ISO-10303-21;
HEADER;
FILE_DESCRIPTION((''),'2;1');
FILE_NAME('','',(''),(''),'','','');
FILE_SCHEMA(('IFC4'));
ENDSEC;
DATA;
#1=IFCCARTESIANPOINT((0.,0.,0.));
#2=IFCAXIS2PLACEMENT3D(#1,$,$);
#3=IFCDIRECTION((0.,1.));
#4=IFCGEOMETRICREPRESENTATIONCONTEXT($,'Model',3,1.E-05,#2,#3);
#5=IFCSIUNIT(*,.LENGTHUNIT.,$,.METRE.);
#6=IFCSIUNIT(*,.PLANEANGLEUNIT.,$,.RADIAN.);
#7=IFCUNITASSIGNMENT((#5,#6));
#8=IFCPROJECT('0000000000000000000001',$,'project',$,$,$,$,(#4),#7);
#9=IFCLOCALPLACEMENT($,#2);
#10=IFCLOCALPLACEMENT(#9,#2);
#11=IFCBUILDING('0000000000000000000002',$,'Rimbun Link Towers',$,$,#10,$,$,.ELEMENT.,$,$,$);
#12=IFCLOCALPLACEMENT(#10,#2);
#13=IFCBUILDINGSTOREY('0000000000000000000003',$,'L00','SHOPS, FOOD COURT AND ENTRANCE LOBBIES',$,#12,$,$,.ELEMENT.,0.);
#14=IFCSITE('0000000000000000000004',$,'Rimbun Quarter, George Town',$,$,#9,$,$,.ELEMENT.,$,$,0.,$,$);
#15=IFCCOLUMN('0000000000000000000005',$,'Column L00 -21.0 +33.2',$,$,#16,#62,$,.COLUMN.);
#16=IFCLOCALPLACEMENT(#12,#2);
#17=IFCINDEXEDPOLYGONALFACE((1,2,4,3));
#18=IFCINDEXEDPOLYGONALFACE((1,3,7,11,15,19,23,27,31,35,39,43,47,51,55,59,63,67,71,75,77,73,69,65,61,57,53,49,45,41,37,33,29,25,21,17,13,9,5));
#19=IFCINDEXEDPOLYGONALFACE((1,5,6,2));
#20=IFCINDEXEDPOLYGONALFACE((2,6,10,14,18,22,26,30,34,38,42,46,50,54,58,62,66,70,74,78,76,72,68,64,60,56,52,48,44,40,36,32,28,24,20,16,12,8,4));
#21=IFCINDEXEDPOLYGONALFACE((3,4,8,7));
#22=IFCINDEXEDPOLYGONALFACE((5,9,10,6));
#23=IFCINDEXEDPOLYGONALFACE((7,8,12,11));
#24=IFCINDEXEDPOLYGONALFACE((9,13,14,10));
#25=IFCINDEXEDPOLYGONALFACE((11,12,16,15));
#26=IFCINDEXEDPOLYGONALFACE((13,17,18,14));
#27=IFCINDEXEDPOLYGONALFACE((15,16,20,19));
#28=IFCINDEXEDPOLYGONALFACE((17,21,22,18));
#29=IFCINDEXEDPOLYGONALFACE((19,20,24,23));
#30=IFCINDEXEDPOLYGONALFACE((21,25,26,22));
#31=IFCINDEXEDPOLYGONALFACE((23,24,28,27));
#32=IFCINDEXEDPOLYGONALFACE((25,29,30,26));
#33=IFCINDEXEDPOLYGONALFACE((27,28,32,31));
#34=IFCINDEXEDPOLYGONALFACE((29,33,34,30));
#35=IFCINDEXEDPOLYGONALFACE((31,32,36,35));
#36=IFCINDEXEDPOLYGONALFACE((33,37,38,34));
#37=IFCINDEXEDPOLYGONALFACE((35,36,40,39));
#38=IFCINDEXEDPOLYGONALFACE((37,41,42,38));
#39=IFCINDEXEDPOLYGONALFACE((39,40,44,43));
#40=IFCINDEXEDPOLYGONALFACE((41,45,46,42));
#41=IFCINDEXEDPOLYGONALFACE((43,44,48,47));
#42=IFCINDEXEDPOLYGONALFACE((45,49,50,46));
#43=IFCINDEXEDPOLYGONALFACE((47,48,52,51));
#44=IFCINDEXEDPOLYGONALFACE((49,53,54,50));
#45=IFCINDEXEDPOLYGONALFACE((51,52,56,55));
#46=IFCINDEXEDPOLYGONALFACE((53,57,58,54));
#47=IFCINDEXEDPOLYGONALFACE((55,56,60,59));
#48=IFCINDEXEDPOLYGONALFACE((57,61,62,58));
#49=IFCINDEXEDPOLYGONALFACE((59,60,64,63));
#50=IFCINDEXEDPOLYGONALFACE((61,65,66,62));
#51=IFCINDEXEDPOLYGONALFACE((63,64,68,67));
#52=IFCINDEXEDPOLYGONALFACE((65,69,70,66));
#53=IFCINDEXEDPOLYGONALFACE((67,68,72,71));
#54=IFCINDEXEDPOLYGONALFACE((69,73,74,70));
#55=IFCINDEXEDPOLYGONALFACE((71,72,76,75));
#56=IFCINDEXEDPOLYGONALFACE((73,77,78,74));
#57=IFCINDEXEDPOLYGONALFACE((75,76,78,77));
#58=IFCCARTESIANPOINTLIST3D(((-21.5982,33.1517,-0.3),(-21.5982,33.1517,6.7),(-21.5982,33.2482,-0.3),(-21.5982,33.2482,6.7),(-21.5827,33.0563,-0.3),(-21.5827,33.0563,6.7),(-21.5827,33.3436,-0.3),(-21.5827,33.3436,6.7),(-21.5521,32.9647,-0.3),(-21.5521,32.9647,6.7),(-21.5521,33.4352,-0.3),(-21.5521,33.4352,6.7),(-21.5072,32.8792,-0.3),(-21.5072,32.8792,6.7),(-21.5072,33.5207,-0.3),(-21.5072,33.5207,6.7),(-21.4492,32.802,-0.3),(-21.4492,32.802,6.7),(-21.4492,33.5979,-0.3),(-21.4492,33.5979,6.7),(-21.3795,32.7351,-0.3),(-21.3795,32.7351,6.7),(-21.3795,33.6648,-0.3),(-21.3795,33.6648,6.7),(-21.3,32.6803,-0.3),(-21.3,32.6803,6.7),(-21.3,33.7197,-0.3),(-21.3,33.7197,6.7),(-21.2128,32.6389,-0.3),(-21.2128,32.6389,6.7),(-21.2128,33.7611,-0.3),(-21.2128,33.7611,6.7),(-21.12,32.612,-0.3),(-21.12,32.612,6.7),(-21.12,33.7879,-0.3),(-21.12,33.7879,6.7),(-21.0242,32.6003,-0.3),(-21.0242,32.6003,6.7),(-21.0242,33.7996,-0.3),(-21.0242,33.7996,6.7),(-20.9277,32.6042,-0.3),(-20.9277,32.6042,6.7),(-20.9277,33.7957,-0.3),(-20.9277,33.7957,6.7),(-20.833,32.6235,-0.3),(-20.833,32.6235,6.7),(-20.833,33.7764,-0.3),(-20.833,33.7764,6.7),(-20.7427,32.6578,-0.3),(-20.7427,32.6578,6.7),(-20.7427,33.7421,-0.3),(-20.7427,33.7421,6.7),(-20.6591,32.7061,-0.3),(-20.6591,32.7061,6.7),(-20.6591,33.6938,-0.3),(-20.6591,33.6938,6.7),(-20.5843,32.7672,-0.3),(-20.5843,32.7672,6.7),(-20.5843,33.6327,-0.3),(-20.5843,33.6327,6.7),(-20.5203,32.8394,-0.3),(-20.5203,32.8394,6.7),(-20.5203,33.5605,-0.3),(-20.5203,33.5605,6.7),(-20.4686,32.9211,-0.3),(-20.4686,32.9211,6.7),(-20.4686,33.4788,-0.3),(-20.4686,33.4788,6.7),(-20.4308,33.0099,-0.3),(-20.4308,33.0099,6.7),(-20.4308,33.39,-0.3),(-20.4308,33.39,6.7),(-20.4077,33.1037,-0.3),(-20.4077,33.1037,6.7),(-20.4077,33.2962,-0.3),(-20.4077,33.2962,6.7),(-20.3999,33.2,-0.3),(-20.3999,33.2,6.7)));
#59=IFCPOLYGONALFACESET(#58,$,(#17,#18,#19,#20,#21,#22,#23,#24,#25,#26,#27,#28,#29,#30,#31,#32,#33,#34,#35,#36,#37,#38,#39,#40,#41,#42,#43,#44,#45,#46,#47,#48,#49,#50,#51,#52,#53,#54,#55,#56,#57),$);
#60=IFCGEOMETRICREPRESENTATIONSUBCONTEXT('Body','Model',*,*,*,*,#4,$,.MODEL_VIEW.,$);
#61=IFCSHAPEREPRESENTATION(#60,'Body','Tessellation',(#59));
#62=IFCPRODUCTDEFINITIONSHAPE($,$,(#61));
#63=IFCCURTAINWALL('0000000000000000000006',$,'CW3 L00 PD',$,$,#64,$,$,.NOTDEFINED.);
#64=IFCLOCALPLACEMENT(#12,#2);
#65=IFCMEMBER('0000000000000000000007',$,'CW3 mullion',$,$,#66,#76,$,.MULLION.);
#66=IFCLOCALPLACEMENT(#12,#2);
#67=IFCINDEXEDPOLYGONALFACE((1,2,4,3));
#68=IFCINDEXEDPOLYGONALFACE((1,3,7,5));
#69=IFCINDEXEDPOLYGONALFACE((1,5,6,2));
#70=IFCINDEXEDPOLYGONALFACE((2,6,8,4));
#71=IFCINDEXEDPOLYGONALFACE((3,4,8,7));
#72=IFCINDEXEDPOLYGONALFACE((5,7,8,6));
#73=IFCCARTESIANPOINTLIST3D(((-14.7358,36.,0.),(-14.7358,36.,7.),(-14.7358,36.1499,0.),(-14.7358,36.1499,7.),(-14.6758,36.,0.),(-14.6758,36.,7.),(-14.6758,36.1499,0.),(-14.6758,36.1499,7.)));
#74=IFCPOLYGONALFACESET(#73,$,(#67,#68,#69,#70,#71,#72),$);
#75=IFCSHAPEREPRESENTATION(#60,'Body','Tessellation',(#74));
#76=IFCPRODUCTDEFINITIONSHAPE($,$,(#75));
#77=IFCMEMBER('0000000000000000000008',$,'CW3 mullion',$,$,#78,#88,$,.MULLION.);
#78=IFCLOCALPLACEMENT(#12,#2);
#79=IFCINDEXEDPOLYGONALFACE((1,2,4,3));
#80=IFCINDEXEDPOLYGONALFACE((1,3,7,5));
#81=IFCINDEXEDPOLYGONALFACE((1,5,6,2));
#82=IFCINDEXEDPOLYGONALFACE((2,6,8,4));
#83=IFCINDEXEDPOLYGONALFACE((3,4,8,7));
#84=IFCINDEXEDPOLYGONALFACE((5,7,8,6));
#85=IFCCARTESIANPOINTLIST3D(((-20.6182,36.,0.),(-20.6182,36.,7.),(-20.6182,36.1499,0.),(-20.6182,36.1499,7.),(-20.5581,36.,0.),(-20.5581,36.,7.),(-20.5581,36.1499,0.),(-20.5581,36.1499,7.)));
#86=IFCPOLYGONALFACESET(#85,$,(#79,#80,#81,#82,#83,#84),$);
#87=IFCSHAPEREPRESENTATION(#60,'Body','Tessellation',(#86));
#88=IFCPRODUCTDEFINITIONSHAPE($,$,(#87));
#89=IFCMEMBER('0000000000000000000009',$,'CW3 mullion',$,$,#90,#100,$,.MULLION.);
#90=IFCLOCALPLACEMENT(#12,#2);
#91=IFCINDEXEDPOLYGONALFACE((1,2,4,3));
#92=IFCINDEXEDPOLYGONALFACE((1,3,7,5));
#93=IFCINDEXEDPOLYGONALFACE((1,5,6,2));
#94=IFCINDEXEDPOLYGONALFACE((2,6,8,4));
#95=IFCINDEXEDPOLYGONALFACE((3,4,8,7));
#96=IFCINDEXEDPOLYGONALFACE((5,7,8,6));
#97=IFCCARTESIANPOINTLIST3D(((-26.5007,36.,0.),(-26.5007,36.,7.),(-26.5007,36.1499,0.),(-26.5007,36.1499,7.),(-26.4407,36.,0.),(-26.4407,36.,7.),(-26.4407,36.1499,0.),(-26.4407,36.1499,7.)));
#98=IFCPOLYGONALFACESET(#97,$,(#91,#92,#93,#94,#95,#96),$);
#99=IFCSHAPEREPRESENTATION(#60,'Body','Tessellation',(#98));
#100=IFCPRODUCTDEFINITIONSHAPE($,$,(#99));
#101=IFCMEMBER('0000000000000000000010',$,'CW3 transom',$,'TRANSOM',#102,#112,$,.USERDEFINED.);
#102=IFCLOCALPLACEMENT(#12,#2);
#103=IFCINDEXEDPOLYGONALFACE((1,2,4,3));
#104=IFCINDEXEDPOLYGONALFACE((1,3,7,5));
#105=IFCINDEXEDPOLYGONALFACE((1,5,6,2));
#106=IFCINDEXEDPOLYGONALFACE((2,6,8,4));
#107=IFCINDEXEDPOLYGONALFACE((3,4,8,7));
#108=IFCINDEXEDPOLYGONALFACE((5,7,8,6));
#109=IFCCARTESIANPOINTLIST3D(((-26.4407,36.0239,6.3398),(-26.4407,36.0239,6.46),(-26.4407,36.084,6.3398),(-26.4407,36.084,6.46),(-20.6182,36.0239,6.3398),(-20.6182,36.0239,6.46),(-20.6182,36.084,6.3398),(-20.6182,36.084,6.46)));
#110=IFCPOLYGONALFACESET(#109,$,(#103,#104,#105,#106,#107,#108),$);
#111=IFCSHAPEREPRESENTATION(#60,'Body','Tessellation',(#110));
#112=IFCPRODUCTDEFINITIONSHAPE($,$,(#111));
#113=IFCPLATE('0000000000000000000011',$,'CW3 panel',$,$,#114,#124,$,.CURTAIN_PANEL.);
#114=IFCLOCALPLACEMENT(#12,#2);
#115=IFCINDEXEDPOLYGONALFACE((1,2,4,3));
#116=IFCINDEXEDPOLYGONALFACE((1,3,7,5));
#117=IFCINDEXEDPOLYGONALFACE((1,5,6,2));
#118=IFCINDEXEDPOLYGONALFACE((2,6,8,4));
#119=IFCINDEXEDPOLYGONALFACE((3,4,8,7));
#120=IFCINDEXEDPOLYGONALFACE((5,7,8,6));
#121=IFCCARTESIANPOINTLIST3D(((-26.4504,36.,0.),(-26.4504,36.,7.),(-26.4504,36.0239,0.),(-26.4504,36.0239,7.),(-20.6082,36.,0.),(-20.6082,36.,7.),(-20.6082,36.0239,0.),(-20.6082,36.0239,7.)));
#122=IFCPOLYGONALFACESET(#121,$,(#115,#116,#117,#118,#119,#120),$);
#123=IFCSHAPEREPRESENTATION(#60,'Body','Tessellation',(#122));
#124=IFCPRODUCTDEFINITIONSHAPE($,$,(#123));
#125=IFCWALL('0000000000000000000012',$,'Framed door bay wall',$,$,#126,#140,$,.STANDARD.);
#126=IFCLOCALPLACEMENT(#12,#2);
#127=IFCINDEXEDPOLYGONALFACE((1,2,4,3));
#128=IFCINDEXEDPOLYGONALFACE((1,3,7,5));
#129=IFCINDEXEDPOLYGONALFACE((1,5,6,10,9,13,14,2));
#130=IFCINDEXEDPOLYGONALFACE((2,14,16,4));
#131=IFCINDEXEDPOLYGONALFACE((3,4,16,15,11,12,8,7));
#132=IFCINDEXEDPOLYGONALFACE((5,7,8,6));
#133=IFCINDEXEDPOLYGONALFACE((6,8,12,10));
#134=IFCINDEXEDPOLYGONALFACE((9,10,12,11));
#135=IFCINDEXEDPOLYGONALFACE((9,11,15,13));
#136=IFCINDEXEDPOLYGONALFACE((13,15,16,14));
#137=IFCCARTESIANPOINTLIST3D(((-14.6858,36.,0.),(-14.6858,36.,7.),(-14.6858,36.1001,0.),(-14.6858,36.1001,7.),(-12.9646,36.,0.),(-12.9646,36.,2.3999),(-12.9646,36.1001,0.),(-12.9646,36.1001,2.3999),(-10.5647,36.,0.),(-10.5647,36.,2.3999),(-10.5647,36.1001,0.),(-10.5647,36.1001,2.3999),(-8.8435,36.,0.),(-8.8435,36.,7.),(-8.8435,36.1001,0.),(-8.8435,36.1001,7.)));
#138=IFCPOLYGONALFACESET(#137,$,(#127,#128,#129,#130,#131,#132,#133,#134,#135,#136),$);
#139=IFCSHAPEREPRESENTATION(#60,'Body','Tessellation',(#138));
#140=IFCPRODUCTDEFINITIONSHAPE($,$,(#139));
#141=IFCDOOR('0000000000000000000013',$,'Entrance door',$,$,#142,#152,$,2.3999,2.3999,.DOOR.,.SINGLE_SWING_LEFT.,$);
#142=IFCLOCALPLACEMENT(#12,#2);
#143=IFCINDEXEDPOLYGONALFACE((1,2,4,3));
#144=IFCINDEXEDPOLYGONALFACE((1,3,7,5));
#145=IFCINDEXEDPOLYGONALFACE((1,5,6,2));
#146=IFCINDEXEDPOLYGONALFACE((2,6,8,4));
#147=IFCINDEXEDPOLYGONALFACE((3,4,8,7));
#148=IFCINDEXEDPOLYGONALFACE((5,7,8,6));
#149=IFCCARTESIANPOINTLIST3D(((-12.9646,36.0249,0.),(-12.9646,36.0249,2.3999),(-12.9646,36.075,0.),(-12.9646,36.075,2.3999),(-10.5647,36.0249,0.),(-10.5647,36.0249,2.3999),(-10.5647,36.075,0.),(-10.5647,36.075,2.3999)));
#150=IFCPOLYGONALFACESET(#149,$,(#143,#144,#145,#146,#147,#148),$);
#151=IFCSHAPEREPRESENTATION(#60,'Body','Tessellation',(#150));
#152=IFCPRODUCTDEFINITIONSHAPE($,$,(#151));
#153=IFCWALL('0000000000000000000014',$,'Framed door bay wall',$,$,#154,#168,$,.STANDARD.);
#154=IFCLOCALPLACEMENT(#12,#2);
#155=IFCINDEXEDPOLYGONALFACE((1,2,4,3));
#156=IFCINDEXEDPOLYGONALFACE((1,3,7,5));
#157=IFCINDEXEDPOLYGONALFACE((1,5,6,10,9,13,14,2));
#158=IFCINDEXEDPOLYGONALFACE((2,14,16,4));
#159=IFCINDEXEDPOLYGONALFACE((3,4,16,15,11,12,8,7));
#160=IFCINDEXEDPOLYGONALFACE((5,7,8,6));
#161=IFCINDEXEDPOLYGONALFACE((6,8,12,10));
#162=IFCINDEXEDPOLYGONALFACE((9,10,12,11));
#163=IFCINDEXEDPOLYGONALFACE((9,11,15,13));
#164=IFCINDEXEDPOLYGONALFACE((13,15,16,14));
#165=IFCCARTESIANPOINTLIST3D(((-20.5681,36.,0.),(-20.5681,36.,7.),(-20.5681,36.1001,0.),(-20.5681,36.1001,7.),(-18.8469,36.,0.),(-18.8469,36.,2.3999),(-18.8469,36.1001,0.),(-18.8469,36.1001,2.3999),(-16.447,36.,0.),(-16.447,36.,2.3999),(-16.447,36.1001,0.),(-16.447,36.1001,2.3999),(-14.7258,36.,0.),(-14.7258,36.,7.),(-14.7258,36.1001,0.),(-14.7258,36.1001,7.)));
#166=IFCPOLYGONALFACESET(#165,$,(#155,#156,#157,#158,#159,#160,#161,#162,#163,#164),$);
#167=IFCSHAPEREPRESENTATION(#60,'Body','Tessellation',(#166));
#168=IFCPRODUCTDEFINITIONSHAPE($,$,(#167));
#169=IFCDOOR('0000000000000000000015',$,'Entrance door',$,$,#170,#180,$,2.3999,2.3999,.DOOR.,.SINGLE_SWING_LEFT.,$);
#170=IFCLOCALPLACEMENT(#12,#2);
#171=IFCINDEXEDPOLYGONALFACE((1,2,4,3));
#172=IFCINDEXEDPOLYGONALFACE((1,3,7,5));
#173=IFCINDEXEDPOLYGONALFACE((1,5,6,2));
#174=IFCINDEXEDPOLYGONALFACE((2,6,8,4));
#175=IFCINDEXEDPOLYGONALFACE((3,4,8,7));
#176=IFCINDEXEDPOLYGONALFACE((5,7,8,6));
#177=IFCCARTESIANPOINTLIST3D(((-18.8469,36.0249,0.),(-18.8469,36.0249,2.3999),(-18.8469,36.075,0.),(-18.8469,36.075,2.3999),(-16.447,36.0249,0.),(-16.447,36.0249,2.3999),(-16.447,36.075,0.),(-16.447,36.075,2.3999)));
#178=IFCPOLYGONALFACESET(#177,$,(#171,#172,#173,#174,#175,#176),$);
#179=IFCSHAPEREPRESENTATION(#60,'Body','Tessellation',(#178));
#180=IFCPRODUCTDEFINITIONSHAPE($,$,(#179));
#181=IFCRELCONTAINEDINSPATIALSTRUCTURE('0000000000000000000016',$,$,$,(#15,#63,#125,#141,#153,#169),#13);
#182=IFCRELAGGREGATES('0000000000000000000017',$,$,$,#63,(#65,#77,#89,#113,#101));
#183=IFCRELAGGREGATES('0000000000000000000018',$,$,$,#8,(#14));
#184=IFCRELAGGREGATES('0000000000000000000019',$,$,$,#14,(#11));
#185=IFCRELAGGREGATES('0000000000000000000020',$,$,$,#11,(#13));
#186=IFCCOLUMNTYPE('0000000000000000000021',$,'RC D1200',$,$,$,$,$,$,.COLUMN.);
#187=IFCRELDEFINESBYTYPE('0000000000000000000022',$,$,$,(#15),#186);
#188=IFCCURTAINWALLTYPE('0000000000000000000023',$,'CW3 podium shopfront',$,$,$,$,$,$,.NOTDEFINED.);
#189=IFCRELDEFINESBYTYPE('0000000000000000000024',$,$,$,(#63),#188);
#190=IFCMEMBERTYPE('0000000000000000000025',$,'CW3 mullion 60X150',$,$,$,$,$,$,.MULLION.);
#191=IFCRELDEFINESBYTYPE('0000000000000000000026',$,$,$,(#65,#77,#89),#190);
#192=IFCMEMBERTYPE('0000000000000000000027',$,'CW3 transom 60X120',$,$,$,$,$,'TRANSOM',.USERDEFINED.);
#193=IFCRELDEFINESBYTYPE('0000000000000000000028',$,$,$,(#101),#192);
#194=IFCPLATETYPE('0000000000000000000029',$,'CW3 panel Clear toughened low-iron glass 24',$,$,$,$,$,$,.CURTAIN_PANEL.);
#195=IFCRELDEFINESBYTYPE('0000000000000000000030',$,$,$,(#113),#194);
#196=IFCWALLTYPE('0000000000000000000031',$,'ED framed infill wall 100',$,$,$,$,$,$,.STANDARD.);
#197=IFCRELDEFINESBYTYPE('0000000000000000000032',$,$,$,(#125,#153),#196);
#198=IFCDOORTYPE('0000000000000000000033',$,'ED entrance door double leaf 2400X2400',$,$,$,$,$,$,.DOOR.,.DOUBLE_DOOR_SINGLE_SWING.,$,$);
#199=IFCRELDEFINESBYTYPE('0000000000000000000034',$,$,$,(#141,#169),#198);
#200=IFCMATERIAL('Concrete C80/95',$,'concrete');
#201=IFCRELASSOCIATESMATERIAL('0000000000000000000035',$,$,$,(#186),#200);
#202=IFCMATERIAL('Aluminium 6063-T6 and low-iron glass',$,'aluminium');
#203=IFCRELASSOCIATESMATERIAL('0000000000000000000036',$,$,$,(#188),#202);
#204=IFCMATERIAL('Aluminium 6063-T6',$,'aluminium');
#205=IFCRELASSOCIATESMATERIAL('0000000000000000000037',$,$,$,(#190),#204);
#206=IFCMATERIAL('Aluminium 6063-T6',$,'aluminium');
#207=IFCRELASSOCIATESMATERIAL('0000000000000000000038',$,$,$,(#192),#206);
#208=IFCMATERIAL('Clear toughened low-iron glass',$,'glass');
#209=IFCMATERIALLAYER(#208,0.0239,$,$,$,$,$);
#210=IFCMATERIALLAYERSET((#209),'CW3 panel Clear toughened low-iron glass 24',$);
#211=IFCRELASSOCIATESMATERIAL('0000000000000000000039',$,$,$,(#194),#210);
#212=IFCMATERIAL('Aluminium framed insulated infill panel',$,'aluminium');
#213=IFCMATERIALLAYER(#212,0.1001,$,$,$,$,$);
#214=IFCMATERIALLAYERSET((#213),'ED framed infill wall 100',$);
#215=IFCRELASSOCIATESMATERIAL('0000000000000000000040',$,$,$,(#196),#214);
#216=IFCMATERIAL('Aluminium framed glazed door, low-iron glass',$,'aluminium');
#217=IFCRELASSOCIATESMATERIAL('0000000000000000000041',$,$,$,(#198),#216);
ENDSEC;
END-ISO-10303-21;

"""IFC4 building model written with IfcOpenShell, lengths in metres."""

from ifc_helpers import new_model, si_unit, direction, frame, frame_2d, origin, origin_2d, place, context, subcontext, project, spatial, rectangle, circle, extrude, material, layer, layer_set, material_profile, profile_set, type_object, element, fill, aggregate, save


model = new_model("IFC4")

# Units and contexts
model_context = context("Model", 3, precision=1e-05, world=origin(), true_north=direction((0.0, 1.0)))
body_context = subcontext(model_context, "Body", "Model", "MODEL_VIEW")
ifc_project = project(units=[si_unit("LENGTHUNIT", "METRE"), si_unit("PLANEANGLEUNIT", "RADIAN")], contexts=[model_context])

# Site, building, storey
site_placement = place(None, origin())
site = spatial("IfcSite", under=ifc_project, at=site_placement, Name="Rimbun Quarter, George Town", CompositionType="ELEMENT", RefElevation=0.0)
building_placement = place(site_placement, origin())
building = spatial("IfcBuilding", under=site, at=building_placement, Name="Rimbun Link Towers", CompositionType="ELEMENT")
storey_placement = place(building_placement, origin())
storey = spatial("IfcBuildingStorey", under=building, at=storey_placement, Name="L00", Description="SHOPS, FOOD COURT AND ENTRANCE LOBBIES", CompositionType="ELEMENT", Elevation=0.0)

# Column
ifc_material_1 = material(Name="Concrete C80/95", Category="concrete")
ifc_material_profile_1 = material_profile(ifc_material_1, circle(Radius=0.6001, at=origin_2d()), Name="RC D1200")
ifc_profile_set_1 = profile_set([ifc_material_profile_1], Name="Concrete C80/95")
column_type = type_object("IfcColumnType", Name="RC D1200", PredefinedType="COLUMN", material=ifc_profile_set_1)
column_1_placement = place(storey_placement, frame((-21.0, 33.2, -0.3), z_axis=(0.0, 0.0, 1.0), x_axis=(1.0, 0.0, 0.0)))
element("IfcColumn", 1, at=column_1_placement, inside=storey, type_object=column_type, Name="Column L00 -21.0 +33.2", PredefinedType="COLUMN", context=body_context, shape_type="SweptSolid", body=[
    extrude(circle(Radius=0.6001, at=origin_2d()), origin(), (0.0, 0.0, 1.0), 7.0),
])

# Curtain wall, members, plate
ifc_material_2 = material(Name="Aluminium 6063-T6 and low-iron glass", Category="aluminium")
curtain_wall_type = type_object("IfcCurtainWallType", Name="CW3 podium shopfront", PredefinedType="NOTDEFINED", material=ifc_material_2)
curtain_wall_placement = place(storey_placement, origin())
curtain_wall = element("IfcCurtainWall", 2, at=curtain_wall_placement, inside=storey, type_object=curtain_wall_type, Name="CW3 L00 PD", PredefinedType="NOTDEFINED")
ifc_material_3 = material(Name="Aluminium 6063-T6", Category="aluminium")
ifc_material_profile_2 = material_profile(ifc_material_3, rectangle(XDim=0.1499, YDim=0.0601, at=origin_2d()), Name="MULLION 60X150")
ifc_profile_set_2 = profile_set([ifc_material_profile_2], Name="Aluminium 6063-T6")
member_type_1 = type_object("IfcMemberType", Name="CW3 mullion 60X150", PredefinedType="MULLION", material=ifc_profile_set_2)
member_1_placement = place(storey_placement, frame((-14.7058, 36.075, 0.0), z_axis=(0.0, 0.0, 1.0), x_axis=(0.0, 1.0, 0.0)))
member_1 = element("IfcMember", 3, at=member_1_placement, type_object=member_type_1, Name="CW3 mullion", PredefinedType="MULLION", context=body_context, shape_type="SweptSolid", body=[
    extrude(rectangle(XDim=0.1499, YDim=0.0601, at=origin_2d()), origin(), (0.0, 0.0, 1.0), 7.0),
])
member_2_placement = place(storey_placement, frame((-20.5881, 36.075, 0.0), z_axis=(0.0, 0.0, 1.0), x_axis=(0.0, 1.0, 0.0)))
member_2 = element("IfcMember", 4, at=member_2_placement, type_object=member_type_1, Name="CW3 mullion", PredefinedType="MULLION", context=body_context, shape_type="SweptSolid", body=[
    extrude(rectangle(XDim=0.1499, YDim=0.0601, at=origin_2d()), origin(), (0.0, 0.0, 1.0), 7.0),
])
member_3_placement = place(storey_placement, frame((-26.4707, 36.075, 0.0), z_axis=(0.0, 0.0, 1.0), x_axis=(0.0, 1.0, 0.0)))
member_3 = element("IfcMember", 5, at=member_3_placement, type_object=member_type_1, Name="CW3 mullion", PredefinedType="MULLION", context=body_context, shape_type="SweptSolid", body=[
    extrude(rectangle(XDim=0.1499, YDim=0.0601, at=origin_2d()), origin(), (0.0, 0.0, 1.0), 7.0),
])
ifc_material_4 = material(Name="Aluminium 6063-T6", Category="aluminium")
ifc_material_profile_3 = material_profile(ifc_material_4, rectangle(XDim=0.0601, YDim=0.1201, at=origin_2d()), Name="TRANSOM 60X120")
ifc_profile_set_3 = profile_set([ifc_material_profile_3], Name="Aluminium 6063-T6")
member_type_2 = type_object("IfcMemberType", Name="CW3 transom 60X120", ElementType="TRANSOM", PredefinedType="USERDEFINED", material=ifc_profile_set_3)
member_4_placement = place(storey_placement, frame((-26.4407, 36.054, 6.3999), z_axis=(1.0, 0.0, 0.0), x_axis=(0.0, 1.0, 0.0)))
member_4 = element("IfcMember", 6, at=member_4_placement, type_object=member_type_2, Name="CW3 transom", ObjectType="TRANSOM", PredefinedType="USERDEFINED", context=body_context, shape_type="SweptSolid", body=[
    extrude(rectangle(XDim=0.0601, YDim=0.1201, at=origin_2d()), origin(), (0.0, 0.0, 1.0), 5.8225),
])
ifc_material_5 = material(Name="Clear toughened low-iron glass", Category="glass")
ifc_layer_1 = layer(ifc_material_5, 0.0239)
ifc_layer_set_1 = layer_set([ifc_layer_1], Name="CW3 panel Clear toughened low-iron glass 24")
plate_type = type_object("IfcPlateType", Name="CW3 panel Clear toughened low-iron glass 24", PredefinedType="CURTAIN_PANEL", material=ifc_layer_set_1)
plate_placement = place(storey_placement, frame((-23.5293, 36.012, 0.0), z_axis=(0.0, 0.0, 1.0), x_axis=(1.0, 0.0, 0.0)))
plate = element("IfcPlate", 7, at=plate_placement, type_object=plate_type, Name="CW3 panel", PredefinedType="CURTAIN_PANEL", context=body_context, shape_type="SweptSolid", body=[
    extrude(rectangle(XDim=5.8423, YDim=0.0239, at=origin_2d()), origin(), (0.0, 0.0, 1.0), 7.0),
])
aggregate(curtain_wall, [member_1, member_2, member_3, plate, member_4])

# Walls, openings, doors
ifc_material_6 = material(Name="Aluminium framed insulated infill panel", Category="aluminium")
ifc_layer_2 = layer(ifc_material_6, 0.1001)
ifc_layer_set_2 = layer_set([ifc_layer_2], Name="ED framed infill wall 100")
wall_type_1 = type_object("IfcWallType", Name="ED framed infill wall 100", PredefinedType="STANDARD", material=ifc_layer_set_2)
wall_1_placement = place(storey_placement, frame((-14.6858, 36.05, 0.0), z_axis=(0.0, 0.0, 1.0), x_axis=(1.0, 0.0, 0.0)))
wall_1 = element("IfcWall", 8, at=wall_1_placement, inside=storey, type_object=wall_type_1, Name="Framed door bay wall", PredefinedType="STANDARD", context=body_context, shape_type="SweptSolid", body=[
    extrude(rectangle(XDim=5.8423, YDim=0.1001, at=frame_2d((2.9211, 0.0))), origin(), (0.0, 0.0, 1.0), 7.0),
])
opening_1_placement = place(wall_1_placement, frame((1.7212, 0.0, 0.0)))
opening_1 = element("IfcOpeningElement", 9, at=opening_1_placement, cuts=wall_1, PredefinedType="OPENING", context=body_context, shape_type="SweptSolid", body=[
    extrude(rectangle(XDim=2.3999, YDim=2.3999, at=frame_2d((1.2, 1.2))), frame((0.0, 0.0601, 0.0), z_axis=(0.0, -1.0, 0.0), x_axis=(1.0, 0.0, 0.0)), (0.0, 0.0, 1.0), 0.1201),
])
ifc_material_7 = material(Name="Aluminium framed glazed door, low-iron glass", Category="aluminium")
door_type_1 = type_object("IfcDoorType", Name="ED entrance door double leaf 2400X2400", OperationType="DOUBLE_DOOR_SINGLE_SWING", PredefinedType="DOOR", material=ifc_material_7)
door_1_placement = place(opening_1_placement, origin())
door_1 = element("IfcDoor", 10, at=door_1_placement, inside=storey, type_object=door_type_1, Name="Entrance door", OperationType="SINGLE_SWING_LEFT", OverallHeight=2.3999, OverallWidth=2.3999, PredefinedType="DOOR", context=body_context, shape_type="SweptSolid", body=[
    extrude(rectangle(XDim=2.3999, YDim=2.3999, at=frame_2d((1.2, 1.2))), frame((0.0, 0.0249, 0.0), z_axis=(0.0, -1.0, 0.0), x_axis=(1.0, 0.0, 0.0)), (0.0, 0.0, 1.0), 0.05),
])
fill(opening_1, door_1)
wall_2_placement = place(storey_placement, frame((-20.5681, 36.05, 0.0), z_axis=(0.0, 0.0, 1.0), x_axis=(1.0, 0.0, 0.0)))
wall_2 = element("IfcWall", 11, at=wall_2_placement, inside=storey, type_object=wall_type_1, Name="Framed door bay wall", PredefinedType="STANDARD", context=body_context, shape_type="SweptSolid", body=[
    extrude(rectangle(XDim=5.8423, YDim=0.1001, at=frame_2d((2.9211, 0.0))), origin(), (0.0, 0.0, 1.0), 7.0),
])
opening_2_placement = place(wall_2_placement, frame((1.7212, 0.0, 0.0)))
opening_2 = element("IfcOpeningElement", 12, at=opening_2_placement, cuts=wall_2, PredefinedType="OPENING", context=body_context, shape_type="SweptSolid", body=[
    extrude(rectangle(XDim=2.3999, YDim=2.3999, at=frame_2d((1.2, 1.2))), frame((0.0, 0.0601, 0.0), z_axis=(0.0, -1.0, 0.0), x_axis=(1.0, 0.0, 0.0)), (0.0, 0.0, 1.0), 0.1201),
])
door_2_placement = place(opening_2_placement, origin())
door_2 = element("IfcDoor", 13, at=door_2_placement, inside=storey, type_object=door_type_1, Name="Entrance door", OperationType="SINGLE_SWING_LEFT", OverallHeight=2.3999, OverallWidth=2.3999, PredefinedType="DOOR", context=body_context, shape_type="SweptSolid", body=[
    extrude(rectangle(XDim=2.3999, YDim=2.3999, at=frame_2d((1.2, 1.2))), frame((0.0, 0.0249, 0.0), z_axis=(0.0, -1.0, 0.0), x_axis=(1.0, 0.0, 0.0)), (0.0, 0.0, 1.0), 0.05),
])
fill(opening_2, door_2)

save(model, "model.ifc")
